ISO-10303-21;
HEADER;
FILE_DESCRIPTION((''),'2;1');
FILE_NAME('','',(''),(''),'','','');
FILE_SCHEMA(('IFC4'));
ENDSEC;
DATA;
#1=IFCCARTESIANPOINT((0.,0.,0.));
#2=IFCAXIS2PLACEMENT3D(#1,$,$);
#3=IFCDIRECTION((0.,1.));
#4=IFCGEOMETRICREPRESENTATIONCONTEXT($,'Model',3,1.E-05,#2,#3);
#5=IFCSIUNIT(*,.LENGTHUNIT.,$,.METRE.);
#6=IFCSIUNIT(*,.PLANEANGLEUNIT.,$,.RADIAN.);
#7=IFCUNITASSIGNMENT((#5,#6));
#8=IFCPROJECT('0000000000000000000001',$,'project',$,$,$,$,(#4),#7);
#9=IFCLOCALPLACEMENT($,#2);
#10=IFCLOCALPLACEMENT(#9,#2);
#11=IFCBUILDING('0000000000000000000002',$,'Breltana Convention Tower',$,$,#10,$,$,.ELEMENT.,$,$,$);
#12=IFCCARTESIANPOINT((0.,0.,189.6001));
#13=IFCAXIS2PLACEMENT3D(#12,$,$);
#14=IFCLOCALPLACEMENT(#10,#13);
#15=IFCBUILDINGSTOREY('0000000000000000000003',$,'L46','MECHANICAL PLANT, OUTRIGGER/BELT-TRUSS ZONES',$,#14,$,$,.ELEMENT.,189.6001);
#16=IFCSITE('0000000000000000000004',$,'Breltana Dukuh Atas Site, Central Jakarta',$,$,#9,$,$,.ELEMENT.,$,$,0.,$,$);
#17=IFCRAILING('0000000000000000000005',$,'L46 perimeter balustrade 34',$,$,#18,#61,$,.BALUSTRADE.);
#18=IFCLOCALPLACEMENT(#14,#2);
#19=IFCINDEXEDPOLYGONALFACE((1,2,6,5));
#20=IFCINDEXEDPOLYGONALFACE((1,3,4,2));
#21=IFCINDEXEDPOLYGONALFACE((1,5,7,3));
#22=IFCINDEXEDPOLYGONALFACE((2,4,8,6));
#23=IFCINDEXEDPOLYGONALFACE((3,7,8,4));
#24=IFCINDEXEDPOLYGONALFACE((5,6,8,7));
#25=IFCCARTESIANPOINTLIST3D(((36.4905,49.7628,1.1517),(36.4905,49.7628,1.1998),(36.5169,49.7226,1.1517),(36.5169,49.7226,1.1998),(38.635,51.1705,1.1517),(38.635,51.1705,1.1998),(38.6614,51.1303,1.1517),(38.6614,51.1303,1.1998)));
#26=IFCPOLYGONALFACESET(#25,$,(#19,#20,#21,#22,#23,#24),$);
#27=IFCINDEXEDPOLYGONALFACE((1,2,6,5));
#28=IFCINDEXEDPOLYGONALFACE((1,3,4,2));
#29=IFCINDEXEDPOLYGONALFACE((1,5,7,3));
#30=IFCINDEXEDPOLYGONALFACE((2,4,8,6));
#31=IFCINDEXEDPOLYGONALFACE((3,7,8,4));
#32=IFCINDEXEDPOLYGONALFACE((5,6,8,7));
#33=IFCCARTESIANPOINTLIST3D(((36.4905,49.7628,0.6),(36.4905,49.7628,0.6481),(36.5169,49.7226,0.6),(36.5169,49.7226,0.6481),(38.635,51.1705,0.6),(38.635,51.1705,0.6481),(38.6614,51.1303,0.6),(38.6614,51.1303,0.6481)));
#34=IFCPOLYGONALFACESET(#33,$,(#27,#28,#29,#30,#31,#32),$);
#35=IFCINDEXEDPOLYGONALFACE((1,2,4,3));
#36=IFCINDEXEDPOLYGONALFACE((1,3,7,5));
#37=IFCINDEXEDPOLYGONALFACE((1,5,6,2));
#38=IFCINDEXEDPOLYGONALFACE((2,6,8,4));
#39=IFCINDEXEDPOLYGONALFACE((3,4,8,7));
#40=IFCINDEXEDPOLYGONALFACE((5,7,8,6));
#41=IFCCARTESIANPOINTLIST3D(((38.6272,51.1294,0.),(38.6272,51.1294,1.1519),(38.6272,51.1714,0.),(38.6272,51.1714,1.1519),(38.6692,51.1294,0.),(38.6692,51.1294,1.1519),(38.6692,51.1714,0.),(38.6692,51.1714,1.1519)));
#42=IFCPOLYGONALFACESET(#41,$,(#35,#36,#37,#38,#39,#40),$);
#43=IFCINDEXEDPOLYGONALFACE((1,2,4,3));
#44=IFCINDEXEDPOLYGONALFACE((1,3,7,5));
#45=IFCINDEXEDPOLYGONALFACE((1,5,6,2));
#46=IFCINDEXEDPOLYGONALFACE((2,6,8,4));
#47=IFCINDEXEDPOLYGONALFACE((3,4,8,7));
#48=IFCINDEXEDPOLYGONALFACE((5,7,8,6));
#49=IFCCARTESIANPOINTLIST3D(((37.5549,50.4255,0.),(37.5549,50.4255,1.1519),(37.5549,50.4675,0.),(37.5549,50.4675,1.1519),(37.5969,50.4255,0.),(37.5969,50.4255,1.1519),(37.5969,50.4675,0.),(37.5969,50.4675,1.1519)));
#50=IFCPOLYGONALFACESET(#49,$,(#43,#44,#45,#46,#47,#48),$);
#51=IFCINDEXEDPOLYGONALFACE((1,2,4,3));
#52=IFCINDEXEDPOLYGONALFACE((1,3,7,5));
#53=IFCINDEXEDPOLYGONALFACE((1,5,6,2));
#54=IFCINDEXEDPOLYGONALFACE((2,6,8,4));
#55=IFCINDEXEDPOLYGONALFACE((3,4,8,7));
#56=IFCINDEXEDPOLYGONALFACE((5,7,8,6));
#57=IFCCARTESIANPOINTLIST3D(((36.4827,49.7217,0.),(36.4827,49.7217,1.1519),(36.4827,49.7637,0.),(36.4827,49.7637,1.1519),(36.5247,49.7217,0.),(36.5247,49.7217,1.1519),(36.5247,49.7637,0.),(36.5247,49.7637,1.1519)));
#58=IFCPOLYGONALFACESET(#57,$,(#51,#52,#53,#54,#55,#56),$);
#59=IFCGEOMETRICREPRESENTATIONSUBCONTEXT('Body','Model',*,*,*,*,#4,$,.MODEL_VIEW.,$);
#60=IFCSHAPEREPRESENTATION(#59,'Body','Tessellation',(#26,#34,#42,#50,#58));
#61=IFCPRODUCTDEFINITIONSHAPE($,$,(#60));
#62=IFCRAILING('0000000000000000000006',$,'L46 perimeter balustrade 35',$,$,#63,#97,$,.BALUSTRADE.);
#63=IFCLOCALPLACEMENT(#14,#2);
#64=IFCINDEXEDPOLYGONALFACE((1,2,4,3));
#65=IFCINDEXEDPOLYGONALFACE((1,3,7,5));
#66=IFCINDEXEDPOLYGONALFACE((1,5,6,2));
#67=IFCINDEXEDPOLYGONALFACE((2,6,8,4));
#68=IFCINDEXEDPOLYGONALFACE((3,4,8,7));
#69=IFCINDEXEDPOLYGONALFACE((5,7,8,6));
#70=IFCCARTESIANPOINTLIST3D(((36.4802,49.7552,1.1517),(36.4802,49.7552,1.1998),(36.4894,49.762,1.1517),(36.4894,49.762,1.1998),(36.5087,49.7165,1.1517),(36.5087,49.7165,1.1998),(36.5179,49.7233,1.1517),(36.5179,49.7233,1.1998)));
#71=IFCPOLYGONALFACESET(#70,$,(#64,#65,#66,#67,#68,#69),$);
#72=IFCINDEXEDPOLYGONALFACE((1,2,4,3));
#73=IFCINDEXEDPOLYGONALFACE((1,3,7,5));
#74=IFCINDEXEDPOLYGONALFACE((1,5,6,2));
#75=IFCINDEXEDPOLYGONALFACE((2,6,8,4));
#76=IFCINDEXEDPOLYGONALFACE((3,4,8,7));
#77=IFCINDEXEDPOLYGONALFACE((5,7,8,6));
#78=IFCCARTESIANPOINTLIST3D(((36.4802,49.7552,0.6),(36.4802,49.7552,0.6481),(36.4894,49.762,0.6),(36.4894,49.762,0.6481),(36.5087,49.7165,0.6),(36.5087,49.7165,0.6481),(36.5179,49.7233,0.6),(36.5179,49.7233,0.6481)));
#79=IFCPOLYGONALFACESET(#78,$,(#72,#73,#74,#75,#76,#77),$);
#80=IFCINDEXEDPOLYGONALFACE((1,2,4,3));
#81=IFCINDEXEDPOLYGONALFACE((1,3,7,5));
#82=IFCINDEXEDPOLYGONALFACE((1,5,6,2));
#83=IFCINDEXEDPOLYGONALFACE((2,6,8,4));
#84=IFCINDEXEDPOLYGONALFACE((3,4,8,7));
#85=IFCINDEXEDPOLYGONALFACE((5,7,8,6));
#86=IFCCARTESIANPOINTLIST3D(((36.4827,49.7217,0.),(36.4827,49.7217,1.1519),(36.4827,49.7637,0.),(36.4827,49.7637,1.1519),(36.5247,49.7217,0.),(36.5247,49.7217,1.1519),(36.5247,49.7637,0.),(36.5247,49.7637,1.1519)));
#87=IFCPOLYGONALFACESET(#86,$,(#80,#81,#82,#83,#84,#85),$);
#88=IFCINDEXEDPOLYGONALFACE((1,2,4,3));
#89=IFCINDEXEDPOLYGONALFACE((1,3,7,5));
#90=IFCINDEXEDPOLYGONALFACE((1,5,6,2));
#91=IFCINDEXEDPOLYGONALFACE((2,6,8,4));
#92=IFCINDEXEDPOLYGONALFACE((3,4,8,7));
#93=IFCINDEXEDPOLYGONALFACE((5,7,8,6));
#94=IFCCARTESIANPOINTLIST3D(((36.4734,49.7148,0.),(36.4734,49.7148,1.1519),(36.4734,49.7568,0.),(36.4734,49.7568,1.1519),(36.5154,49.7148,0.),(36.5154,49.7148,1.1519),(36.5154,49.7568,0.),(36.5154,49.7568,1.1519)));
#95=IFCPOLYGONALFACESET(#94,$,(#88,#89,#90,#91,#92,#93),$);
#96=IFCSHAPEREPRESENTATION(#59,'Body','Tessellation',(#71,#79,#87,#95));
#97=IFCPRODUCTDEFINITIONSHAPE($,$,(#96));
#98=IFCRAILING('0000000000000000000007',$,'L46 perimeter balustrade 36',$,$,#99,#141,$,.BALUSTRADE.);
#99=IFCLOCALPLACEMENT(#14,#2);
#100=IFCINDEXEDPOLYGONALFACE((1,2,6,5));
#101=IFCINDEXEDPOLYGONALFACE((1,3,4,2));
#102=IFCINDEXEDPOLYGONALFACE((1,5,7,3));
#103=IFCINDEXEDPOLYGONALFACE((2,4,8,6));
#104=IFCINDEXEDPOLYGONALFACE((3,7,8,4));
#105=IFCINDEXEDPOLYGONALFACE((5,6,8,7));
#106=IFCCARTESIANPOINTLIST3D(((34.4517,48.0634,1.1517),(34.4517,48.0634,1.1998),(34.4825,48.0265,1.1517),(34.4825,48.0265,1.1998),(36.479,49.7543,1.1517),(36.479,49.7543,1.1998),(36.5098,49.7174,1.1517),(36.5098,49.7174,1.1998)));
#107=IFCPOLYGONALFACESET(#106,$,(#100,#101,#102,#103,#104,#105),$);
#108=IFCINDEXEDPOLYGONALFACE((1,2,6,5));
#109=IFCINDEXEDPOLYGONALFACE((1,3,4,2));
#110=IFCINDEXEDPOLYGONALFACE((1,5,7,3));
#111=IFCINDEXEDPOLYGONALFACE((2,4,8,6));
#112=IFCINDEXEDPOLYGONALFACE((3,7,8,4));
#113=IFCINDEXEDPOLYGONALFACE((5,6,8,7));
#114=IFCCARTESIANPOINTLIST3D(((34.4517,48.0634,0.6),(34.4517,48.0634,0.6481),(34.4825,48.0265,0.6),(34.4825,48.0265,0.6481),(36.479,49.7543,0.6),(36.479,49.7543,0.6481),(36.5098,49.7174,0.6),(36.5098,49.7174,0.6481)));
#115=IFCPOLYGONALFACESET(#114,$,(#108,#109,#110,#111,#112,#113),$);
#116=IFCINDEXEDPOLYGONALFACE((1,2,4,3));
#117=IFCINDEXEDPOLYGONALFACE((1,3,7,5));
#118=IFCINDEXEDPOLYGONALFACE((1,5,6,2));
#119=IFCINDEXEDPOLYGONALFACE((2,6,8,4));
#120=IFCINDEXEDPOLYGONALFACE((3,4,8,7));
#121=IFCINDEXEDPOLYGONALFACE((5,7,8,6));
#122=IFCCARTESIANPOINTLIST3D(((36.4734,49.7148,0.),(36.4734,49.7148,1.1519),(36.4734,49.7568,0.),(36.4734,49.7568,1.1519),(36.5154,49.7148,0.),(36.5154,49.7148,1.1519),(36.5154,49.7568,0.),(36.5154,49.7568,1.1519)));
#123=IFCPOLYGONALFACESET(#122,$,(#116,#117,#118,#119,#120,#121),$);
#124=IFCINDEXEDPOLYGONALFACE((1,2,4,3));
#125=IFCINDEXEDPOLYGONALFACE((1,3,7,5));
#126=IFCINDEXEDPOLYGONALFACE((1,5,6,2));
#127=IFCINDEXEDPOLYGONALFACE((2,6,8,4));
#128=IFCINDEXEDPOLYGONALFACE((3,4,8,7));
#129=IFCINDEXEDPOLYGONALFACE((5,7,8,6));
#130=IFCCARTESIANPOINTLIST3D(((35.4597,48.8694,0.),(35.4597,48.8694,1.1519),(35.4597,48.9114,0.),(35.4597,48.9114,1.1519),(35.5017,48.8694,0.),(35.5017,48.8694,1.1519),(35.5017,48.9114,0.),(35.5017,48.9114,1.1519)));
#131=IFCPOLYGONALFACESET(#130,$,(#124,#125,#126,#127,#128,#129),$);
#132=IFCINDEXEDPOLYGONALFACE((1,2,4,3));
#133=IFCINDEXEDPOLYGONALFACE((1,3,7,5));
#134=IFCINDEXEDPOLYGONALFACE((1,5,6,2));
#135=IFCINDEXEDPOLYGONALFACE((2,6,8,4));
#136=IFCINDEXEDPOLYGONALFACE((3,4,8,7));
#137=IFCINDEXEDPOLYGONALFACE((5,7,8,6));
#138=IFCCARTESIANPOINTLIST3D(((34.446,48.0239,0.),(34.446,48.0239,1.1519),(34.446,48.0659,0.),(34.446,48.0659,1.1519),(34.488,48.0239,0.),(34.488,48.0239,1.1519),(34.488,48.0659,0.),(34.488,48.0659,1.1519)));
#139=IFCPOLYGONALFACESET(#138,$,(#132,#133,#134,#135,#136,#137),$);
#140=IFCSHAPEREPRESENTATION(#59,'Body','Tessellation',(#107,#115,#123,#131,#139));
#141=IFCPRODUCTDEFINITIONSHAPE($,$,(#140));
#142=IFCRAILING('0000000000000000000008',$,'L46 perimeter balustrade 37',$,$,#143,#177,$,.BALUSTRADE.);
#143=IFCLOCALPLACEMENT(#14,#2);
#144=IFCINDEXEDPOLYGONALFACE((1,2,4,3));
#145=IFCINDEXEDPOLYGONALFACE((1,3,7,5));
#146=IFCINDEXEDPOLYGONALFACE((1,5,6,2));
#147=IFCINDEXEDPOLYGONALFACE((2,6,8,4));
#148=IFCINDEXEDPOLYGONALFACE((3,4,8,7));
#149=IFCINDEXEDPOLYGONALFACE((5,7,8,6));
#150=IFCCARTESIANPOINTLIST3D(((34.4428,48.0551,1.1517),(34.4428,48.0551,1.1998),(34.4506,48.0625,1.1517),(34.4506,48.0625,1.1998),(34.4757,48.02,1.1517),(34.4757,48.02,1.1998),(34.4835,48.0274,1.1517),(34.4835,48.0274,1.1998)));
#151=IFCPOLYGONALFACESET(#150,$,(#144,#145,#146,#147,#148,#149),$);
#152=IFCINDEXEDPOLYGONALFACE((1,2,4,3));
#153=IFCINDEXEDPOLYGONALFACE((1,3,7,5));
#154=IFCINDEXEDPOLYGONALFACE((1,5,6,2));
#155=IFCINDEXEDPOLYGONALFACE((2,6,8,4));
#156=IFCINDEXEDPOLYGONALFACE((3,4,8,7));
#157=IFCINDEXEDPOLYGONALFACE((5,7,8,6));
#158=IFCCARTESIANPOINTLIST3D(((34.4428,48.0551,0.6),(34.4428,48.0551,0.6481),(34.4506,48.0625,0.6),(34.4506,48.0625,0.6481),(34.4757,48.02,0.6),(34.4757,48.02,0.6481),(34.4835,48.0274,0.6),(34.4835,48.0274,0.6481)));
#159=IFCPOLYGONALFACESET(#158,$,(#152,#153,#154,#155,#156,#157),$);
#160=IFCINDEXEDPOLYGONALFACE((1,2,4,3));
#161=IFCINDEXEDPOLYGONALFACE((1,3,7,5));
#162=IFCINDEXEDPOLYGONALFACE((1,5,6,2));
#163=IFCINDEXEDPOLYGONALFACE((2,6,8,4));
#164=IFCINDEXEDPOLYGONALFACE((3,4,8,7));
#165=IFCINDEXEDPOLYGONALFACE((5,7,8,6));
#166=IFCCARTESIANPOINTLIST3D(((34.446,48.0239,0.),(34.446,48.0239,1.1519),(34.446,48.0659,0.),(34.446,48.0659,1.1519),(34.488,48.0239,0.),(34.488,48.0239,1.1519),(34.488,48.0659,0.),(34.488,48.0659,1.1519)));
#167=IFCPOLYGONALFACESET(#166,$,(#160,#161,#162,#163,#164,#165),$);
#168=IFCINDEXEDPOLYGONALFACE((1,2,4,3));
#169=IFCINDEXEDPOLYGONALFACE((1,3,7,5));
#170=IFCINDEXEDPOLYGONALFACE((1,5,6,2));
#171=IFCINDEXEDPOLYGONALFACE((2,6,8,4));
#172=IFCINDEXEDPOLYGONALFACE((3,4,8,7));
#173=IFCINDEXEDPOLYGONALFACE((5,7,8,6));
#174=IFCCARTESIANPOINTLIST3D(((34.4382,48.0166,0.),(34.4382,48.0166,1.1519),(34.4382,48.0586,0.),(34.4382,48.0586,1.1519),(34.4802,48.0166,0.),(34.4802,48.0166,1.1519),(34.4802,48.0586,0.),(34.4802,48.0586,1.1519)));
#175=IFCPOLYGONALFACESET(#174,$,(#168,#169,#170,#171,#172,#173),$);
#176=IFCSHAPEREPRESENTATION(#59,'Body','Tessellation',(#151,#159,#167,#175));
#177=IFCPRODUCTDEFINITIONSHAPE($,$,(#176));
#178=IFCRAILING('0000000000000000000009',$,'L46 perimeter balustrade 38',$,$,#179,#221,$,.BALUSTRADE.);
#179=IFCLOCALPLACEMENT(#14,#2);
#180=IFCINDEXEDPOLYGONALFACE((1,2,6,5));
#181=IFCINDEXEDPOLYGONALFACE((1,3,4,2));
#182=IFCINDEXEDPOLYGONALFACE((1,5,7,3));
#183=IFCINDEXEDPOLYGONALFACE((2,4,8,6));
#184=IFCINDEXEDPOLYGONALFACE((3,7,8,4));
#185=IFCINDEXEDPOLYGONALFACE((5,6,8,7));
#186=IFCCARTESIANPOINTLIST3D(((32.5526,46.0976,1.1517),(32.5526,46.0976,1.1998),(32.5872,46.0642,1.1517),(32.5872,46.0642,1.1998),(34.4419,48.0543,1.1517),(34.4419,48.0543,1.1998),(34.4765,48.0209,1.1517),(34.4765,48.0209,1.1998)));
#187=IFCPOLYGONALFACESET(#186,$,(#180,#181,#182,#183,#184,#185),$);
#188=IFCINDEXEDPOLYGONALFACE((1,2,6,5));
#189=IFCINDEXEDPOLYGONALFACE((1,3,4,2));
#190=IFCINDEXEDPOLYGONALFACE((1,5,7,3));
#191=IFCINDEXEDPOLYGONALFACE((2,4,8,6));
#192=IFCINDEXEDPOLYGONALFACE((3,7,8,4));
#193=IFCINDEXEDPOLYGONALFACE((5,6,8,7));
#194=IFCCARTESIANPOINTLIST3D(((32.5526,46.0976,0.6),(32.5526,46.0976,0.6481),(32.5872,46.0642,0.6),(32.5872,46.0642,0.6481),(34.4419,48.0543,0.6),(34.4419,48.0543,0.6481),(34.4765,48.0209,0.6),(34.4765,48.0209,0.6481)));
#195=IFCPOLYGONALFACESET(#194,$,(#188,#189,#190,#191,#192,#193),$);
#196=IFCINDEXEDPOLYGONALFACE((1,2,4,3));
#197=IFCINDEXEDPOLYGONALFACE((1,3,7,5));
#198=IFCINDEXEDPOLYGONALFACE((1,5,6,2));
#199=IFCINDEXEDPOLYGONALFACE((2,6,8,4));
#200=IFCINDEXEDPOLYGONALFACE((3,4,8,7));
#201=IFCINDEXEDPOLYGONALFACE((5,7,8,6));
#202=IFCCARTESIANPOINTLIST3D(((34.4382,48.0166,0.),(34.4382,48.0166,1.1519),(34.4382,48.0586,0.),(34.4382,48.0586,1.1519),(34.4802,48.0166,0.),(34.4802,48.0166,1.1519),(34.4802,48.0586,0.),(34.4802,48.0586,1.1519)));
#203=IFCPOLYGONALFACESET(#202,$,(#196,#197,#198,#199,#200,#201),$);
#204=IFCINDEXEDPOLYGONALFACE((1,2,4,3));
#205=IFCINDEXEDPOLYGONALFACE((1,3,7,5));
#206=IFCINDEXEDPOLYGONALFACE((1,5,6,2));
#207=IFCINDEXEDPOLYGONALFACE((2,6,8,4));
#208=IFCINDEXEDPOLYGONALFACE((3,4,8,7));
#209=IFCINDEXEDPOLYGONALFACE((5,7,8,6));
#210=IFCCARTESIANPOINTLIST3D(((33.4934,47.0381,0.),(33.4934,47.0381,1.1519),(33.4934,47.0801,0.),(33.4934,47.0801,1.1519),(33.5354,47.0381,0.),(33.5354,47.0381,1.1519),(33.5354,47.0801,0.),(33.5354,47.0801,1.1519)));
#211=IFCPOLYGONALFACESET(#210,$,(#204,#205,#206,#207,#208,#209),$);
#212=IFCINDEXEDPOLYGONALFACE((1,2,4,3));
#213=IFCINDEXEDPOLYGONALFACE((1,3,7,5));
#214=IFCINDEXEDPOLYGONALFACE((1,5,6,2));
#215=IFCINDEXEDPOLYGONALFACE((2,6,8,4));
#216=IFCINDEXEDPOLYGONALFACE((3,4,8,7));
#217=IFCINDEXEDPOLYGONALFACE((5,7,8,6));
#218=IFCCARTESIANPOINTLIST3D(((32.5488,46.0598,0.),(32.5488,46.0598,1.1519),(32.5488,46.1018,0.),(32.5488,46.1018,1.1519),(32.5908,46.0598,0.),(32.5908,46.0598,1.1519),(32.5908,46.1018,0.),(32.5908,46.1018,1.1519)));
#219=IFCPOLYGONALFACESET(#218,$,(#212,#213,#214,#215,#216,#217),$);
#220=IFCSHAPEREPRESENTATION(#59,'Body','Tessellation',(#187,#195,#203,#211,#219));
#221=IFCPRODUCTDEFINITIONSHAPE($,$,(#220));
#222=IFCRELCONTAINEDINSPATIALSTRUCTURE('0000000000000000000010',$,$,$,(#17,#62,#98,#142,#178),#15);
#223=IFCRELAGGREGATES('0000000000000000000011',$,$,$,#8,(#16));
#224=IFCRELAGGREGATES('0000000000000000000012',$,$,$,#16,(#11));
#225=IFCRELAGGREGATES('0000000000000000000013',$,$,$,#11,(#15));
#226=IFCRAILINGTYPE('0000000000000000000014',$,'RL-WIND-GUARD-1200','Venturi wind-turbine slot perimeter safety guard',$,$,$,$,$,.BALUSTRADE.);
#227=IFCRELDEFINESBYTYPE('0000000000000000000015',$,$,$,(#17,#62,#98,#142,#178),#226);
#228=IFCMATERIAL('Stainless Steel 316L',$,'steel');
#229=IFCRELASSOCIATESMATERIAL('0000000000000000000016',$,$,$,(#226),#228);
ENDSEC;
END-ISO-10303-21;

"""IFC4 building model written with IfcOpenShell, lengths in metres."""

from ifc_helpers import new_model, si_unit, direction, frame, origin, origin_2d, place, context, subcontext, project, spatial, rectangle, extrude, material, type_object, element, save


model = new_model("IFC4")

# Units and contexts
model_context = context("Model", 3, precision=1e-05, world=origin(), true_north=direction((0.0, 1.0)))
body_context = subcontext(model_context, "Body", "Model", "MODEL_VIEW")
ifc_project = project(units=[si_unit("LENGTHUNIT", "METRE"), si_unit("PLANEANGLEUNIT", "RADIAN")], contexts=[model_context])

# Site, building, storey
site_placement = place(None, origin())
site = spatial("IfcSite", under=ifc_project, at=site_placement, Name="Breltana Dukuh Atas Site, Central Jakarta", CompositionType="ELEMENT", RefElevation=0.0)
building_placement = place(site_placement, origin())
building = spatial("IfcBuilding", under=site, at=building_placement, Name="Breltana Convention Tower", CompositionType="ELEMENT")
storey_placement = place(building_placement, frame((0.0, 0.0, 189.6001)))
storey = spatial("IfcBuildingStorey", under=building, at=storey_placement, Name="L46", Description="MECHANICAL PLANT, OUTRIGGER/BELT-TRUSS ZONES", CompositionType="ELEMENT", Elevation=189.6001)

# Railings
ifc_material_1 = material(Name="Stainless Steel 316L", Category="steel")
railing_type = type_object("IfcRailingType", Name="RL-WIND-GUARD-1200", Description="Venturi wind-turbine slot perimeter safety guard", PredefinedType="BALUSTRADE", material=ifc_material_1)
railing_1_placement = place(storey_placement, frame((38.6482, 51.1504, 0.0)))
element("IfcRailing", 1, at=railing_1_placement, inside=storey, type_object=railing_type, Name="L46 perimeter balustrade 34", PredefinedType="BALUSTRADE", context=body_context, shape_type="SweptSolid", body=[
    extrude(rectangle(XDim=0.0481, YDim=0.0481, at=origin_2d()), frame((0.0, 0.0, 1.1758), z_axis=(-0.835982, -0.548756, 0.0), x_axis=(0.548756, -0.835982, 0.0)), (0.0, 0.0, 1.0), 2.5652),
    extrude(rectangle(XDim=0.0481, YDim=0.0481, at=origin_2d()), frame((0.0, 0.0, 0.624), z_axis=(-0.835982, -0.548756, 0.0), x_axis=(0.548756, -0.835982, 0.0)), (0.0, 0.0, 1.0), 2.5652),
    extrude(rectangle(XDim=0.042, YDim=0.042, at=origin_2d()), origin(), (0.0, 0.0, 1.0), 1.1519),
    extrude(rectangle(XDim=0.042, YDim=0.042, at=origin_2d()), frame((-1.0723, -0.7039, 0.0)), (0.0, 0.0, 1.0), 1.1519),
    extrude(rectangle(XDim=0.042, YDim=0.042, at=origin_2d()), frame((-2.1445, -1.4077, 0.0)), (0.0, 0.0, 1.0), 1.1519),
])
railing_2_placement = place(storey_placement, frame((36.5037, 49.7427, 0.0)))
element("IfcRailing", 2, at=railing_2_placement, inside=storey, type_object=railing_type, Name="L46 perimeter balustrade 35", PredefinedType="BALUSTRADE", context=body_context, shape_type="SweptSolid", body=[
    extrude(rectangle(XDim=0.0481, YDim=0.0481, at=origin_2d()), frame((0.0, 0.0, 1.1758), z_axis=(-0.805056, -0.593199, 0.0), x_axis=(0.593199, -0.805056, 0.0)), (0.0, 0.0, 1.0), 0.0115),
    extrude(rectangle(XDim=0.0481, YDim=0.0481, at=origin_2d()), frame((0.0, 0.0, 0.624), z_axis=(-0.805056, -0.593199, 0.0), x_axis=(0.593199, -0.805056, 0.0)), (0.0, 0.0, 1.0), 0.0115),
    extrude(rectangle(XDim=0.042, YDim=0.042, at=origin_2d()), origin(), (0.0, 0.0, 1.0), 1.1519),
    extrude(rectangle(XDim=0.042, YDim=0.042, at=origin_2d()), frame((-0.0093, -0.0068, 0.0)), (0.0, 0.0, 1.0), 1.1519),
])
railing_3_placement = place(storey_placement, frame((36.4944, 49.7358, 0.0)))
element("IfcRailing", 3, at=railing_3_placement, inside=storey, type_object=railing_type, Name="L46 perimeter balustrade 36", PredefinedType="BALUSTRADE", context=body_context, shape_type="SweptSolid", body=[
    extrude(rectangle(XDim=0.0481, YDim=0.0481, at=origin_2d()), frame((0.0, 0.0, 1.1758), z_axis=(-0.767948, -0.640512, 0.0), x_axis=(0.640512, -0.767948, 0.0)), (0.0, 0.0, 1.0), 2.6399),
    extrude(rectangle(XDim=0.0481, YDim=0.0481, at=origin_2d()), frame((0.0, 0.0, 0.624), z_axis=(-0.767948, -0.640512, 0.0), x_axis=(0.640512, -0.767948, 0.0)), (0.0, 0.0, 1.0), 2.6399),
    extrude(rectangle(XDim=0.042, YDim=0.042, at=origin_2d()), origin(), (0.0, 0.0, 1.0), 1.1519),
    extrude(rectangle(XDim=0.042, YDim=0.042, at=origin_2d()), frame((-1.0137, -0.8455, 0.0)), (0.0, 0.0, 1.0), 1.1519),
    extrude(rectangle(XDim=0.042, YDim=0.042, at=origin_2d()), frame((-2.0273, -1.6909, 0.0)), (0.0, 0.0, 1.0), 1.1519),
])
railing_4_placement = place(storey_placement, frame((34.467, 48.0449, 0.0)))
element("IfcRailing", 4, at=railing_4_placement, inside=storey, type_object=railing_type, Name="L46 perimeter balustrade 37", PredefinedType="BALUSTRADE", context=body_context, shape_type="SweptSolid", body=[
    extrude(rectangle(XDim=0.0481, YDim=0.0481, at=origin_2d()), frame((0.0, 0.0, 1.1758), z_axis=(-0.729537, -0.683941, 0.0), x_axis=(0.683941, -0.729537, 0.0)), (0.0, 0.0, 1.0), 0.0107),
    extrude(rectangle(XDim=0.0481, YDim=0.0481, at=origin_2d()), frame((0.0, 0.0, 0.624), z_axis=(-0.729537, -0.683941, 0.0), x_axis=(0.683941, -0.729537, 0.0)), (0.0, 0.0, 1.0), 0.0107),
    extrude(rectangle(XDim=0.042, YDim=0.042, at=origin_2d()), origin(), (0.0, 0.0, 1.0), 1.1519),
    extrude(rectangle(XDim=0.042, YDim=0.042, at=origin_2d()), frame((-0.0078, -0.0073, 0.0)), (0.0, 0.0, 1.0), 1.1519),
])
railing_5_placement = place(storey_placement, frame((34.4592, 48.0376, 0.0)))
element("IfcRailing", 5, at=railing_5_placement, inside=storey, type_object=railing_type, Name="L46 perimeter balustrade 38", PredefinedType="BALUSTRADE", context=body_context, shape_type="SweptSolid", body=[
    extrude(rectangle(XDim=0.0481, YDim=0.0481, at=origin_2d()), frame((0.0, 0.0, 1.1758), z_axis=(-0.694612, -0.719384, 0.0), x_axis=(0.719384, -0.694612, 0.0)), (0.0, 0.0, 1.0), 2.72),
    extrude(rectangle(XDim=0.0481, YDim=0.0481, at=origin_2d()), frame((0.0, 0.0, 0.624), z_axis=(-0.694612, -0.719384, 0.0), x_axis=(0.719384, -0.694612, 0.0)), (0.0, 0.0, 1.0), 2.72),
    extrude(rectangle(XDim=0.042, YDim=0.042, at=origin_2d()), origin(), (0.0, 0.0, 1.0), 1.1519),
    extrude(rectangle(XDim=0.042, YDim=0.042, at=origin_2d()), frame((-0.9448, -0.9785, 0.0)), (0.0, 0.0, 1.0), 1.1519),
    extrude(rectangle(XDim=0.042, YDim=0.042, at=origin_2d()), frame((-1.8894, -1.9568, 0.0)), (0.0, 0.0, 1.0), 1.1519),
])

save(model, "model.ifc")
